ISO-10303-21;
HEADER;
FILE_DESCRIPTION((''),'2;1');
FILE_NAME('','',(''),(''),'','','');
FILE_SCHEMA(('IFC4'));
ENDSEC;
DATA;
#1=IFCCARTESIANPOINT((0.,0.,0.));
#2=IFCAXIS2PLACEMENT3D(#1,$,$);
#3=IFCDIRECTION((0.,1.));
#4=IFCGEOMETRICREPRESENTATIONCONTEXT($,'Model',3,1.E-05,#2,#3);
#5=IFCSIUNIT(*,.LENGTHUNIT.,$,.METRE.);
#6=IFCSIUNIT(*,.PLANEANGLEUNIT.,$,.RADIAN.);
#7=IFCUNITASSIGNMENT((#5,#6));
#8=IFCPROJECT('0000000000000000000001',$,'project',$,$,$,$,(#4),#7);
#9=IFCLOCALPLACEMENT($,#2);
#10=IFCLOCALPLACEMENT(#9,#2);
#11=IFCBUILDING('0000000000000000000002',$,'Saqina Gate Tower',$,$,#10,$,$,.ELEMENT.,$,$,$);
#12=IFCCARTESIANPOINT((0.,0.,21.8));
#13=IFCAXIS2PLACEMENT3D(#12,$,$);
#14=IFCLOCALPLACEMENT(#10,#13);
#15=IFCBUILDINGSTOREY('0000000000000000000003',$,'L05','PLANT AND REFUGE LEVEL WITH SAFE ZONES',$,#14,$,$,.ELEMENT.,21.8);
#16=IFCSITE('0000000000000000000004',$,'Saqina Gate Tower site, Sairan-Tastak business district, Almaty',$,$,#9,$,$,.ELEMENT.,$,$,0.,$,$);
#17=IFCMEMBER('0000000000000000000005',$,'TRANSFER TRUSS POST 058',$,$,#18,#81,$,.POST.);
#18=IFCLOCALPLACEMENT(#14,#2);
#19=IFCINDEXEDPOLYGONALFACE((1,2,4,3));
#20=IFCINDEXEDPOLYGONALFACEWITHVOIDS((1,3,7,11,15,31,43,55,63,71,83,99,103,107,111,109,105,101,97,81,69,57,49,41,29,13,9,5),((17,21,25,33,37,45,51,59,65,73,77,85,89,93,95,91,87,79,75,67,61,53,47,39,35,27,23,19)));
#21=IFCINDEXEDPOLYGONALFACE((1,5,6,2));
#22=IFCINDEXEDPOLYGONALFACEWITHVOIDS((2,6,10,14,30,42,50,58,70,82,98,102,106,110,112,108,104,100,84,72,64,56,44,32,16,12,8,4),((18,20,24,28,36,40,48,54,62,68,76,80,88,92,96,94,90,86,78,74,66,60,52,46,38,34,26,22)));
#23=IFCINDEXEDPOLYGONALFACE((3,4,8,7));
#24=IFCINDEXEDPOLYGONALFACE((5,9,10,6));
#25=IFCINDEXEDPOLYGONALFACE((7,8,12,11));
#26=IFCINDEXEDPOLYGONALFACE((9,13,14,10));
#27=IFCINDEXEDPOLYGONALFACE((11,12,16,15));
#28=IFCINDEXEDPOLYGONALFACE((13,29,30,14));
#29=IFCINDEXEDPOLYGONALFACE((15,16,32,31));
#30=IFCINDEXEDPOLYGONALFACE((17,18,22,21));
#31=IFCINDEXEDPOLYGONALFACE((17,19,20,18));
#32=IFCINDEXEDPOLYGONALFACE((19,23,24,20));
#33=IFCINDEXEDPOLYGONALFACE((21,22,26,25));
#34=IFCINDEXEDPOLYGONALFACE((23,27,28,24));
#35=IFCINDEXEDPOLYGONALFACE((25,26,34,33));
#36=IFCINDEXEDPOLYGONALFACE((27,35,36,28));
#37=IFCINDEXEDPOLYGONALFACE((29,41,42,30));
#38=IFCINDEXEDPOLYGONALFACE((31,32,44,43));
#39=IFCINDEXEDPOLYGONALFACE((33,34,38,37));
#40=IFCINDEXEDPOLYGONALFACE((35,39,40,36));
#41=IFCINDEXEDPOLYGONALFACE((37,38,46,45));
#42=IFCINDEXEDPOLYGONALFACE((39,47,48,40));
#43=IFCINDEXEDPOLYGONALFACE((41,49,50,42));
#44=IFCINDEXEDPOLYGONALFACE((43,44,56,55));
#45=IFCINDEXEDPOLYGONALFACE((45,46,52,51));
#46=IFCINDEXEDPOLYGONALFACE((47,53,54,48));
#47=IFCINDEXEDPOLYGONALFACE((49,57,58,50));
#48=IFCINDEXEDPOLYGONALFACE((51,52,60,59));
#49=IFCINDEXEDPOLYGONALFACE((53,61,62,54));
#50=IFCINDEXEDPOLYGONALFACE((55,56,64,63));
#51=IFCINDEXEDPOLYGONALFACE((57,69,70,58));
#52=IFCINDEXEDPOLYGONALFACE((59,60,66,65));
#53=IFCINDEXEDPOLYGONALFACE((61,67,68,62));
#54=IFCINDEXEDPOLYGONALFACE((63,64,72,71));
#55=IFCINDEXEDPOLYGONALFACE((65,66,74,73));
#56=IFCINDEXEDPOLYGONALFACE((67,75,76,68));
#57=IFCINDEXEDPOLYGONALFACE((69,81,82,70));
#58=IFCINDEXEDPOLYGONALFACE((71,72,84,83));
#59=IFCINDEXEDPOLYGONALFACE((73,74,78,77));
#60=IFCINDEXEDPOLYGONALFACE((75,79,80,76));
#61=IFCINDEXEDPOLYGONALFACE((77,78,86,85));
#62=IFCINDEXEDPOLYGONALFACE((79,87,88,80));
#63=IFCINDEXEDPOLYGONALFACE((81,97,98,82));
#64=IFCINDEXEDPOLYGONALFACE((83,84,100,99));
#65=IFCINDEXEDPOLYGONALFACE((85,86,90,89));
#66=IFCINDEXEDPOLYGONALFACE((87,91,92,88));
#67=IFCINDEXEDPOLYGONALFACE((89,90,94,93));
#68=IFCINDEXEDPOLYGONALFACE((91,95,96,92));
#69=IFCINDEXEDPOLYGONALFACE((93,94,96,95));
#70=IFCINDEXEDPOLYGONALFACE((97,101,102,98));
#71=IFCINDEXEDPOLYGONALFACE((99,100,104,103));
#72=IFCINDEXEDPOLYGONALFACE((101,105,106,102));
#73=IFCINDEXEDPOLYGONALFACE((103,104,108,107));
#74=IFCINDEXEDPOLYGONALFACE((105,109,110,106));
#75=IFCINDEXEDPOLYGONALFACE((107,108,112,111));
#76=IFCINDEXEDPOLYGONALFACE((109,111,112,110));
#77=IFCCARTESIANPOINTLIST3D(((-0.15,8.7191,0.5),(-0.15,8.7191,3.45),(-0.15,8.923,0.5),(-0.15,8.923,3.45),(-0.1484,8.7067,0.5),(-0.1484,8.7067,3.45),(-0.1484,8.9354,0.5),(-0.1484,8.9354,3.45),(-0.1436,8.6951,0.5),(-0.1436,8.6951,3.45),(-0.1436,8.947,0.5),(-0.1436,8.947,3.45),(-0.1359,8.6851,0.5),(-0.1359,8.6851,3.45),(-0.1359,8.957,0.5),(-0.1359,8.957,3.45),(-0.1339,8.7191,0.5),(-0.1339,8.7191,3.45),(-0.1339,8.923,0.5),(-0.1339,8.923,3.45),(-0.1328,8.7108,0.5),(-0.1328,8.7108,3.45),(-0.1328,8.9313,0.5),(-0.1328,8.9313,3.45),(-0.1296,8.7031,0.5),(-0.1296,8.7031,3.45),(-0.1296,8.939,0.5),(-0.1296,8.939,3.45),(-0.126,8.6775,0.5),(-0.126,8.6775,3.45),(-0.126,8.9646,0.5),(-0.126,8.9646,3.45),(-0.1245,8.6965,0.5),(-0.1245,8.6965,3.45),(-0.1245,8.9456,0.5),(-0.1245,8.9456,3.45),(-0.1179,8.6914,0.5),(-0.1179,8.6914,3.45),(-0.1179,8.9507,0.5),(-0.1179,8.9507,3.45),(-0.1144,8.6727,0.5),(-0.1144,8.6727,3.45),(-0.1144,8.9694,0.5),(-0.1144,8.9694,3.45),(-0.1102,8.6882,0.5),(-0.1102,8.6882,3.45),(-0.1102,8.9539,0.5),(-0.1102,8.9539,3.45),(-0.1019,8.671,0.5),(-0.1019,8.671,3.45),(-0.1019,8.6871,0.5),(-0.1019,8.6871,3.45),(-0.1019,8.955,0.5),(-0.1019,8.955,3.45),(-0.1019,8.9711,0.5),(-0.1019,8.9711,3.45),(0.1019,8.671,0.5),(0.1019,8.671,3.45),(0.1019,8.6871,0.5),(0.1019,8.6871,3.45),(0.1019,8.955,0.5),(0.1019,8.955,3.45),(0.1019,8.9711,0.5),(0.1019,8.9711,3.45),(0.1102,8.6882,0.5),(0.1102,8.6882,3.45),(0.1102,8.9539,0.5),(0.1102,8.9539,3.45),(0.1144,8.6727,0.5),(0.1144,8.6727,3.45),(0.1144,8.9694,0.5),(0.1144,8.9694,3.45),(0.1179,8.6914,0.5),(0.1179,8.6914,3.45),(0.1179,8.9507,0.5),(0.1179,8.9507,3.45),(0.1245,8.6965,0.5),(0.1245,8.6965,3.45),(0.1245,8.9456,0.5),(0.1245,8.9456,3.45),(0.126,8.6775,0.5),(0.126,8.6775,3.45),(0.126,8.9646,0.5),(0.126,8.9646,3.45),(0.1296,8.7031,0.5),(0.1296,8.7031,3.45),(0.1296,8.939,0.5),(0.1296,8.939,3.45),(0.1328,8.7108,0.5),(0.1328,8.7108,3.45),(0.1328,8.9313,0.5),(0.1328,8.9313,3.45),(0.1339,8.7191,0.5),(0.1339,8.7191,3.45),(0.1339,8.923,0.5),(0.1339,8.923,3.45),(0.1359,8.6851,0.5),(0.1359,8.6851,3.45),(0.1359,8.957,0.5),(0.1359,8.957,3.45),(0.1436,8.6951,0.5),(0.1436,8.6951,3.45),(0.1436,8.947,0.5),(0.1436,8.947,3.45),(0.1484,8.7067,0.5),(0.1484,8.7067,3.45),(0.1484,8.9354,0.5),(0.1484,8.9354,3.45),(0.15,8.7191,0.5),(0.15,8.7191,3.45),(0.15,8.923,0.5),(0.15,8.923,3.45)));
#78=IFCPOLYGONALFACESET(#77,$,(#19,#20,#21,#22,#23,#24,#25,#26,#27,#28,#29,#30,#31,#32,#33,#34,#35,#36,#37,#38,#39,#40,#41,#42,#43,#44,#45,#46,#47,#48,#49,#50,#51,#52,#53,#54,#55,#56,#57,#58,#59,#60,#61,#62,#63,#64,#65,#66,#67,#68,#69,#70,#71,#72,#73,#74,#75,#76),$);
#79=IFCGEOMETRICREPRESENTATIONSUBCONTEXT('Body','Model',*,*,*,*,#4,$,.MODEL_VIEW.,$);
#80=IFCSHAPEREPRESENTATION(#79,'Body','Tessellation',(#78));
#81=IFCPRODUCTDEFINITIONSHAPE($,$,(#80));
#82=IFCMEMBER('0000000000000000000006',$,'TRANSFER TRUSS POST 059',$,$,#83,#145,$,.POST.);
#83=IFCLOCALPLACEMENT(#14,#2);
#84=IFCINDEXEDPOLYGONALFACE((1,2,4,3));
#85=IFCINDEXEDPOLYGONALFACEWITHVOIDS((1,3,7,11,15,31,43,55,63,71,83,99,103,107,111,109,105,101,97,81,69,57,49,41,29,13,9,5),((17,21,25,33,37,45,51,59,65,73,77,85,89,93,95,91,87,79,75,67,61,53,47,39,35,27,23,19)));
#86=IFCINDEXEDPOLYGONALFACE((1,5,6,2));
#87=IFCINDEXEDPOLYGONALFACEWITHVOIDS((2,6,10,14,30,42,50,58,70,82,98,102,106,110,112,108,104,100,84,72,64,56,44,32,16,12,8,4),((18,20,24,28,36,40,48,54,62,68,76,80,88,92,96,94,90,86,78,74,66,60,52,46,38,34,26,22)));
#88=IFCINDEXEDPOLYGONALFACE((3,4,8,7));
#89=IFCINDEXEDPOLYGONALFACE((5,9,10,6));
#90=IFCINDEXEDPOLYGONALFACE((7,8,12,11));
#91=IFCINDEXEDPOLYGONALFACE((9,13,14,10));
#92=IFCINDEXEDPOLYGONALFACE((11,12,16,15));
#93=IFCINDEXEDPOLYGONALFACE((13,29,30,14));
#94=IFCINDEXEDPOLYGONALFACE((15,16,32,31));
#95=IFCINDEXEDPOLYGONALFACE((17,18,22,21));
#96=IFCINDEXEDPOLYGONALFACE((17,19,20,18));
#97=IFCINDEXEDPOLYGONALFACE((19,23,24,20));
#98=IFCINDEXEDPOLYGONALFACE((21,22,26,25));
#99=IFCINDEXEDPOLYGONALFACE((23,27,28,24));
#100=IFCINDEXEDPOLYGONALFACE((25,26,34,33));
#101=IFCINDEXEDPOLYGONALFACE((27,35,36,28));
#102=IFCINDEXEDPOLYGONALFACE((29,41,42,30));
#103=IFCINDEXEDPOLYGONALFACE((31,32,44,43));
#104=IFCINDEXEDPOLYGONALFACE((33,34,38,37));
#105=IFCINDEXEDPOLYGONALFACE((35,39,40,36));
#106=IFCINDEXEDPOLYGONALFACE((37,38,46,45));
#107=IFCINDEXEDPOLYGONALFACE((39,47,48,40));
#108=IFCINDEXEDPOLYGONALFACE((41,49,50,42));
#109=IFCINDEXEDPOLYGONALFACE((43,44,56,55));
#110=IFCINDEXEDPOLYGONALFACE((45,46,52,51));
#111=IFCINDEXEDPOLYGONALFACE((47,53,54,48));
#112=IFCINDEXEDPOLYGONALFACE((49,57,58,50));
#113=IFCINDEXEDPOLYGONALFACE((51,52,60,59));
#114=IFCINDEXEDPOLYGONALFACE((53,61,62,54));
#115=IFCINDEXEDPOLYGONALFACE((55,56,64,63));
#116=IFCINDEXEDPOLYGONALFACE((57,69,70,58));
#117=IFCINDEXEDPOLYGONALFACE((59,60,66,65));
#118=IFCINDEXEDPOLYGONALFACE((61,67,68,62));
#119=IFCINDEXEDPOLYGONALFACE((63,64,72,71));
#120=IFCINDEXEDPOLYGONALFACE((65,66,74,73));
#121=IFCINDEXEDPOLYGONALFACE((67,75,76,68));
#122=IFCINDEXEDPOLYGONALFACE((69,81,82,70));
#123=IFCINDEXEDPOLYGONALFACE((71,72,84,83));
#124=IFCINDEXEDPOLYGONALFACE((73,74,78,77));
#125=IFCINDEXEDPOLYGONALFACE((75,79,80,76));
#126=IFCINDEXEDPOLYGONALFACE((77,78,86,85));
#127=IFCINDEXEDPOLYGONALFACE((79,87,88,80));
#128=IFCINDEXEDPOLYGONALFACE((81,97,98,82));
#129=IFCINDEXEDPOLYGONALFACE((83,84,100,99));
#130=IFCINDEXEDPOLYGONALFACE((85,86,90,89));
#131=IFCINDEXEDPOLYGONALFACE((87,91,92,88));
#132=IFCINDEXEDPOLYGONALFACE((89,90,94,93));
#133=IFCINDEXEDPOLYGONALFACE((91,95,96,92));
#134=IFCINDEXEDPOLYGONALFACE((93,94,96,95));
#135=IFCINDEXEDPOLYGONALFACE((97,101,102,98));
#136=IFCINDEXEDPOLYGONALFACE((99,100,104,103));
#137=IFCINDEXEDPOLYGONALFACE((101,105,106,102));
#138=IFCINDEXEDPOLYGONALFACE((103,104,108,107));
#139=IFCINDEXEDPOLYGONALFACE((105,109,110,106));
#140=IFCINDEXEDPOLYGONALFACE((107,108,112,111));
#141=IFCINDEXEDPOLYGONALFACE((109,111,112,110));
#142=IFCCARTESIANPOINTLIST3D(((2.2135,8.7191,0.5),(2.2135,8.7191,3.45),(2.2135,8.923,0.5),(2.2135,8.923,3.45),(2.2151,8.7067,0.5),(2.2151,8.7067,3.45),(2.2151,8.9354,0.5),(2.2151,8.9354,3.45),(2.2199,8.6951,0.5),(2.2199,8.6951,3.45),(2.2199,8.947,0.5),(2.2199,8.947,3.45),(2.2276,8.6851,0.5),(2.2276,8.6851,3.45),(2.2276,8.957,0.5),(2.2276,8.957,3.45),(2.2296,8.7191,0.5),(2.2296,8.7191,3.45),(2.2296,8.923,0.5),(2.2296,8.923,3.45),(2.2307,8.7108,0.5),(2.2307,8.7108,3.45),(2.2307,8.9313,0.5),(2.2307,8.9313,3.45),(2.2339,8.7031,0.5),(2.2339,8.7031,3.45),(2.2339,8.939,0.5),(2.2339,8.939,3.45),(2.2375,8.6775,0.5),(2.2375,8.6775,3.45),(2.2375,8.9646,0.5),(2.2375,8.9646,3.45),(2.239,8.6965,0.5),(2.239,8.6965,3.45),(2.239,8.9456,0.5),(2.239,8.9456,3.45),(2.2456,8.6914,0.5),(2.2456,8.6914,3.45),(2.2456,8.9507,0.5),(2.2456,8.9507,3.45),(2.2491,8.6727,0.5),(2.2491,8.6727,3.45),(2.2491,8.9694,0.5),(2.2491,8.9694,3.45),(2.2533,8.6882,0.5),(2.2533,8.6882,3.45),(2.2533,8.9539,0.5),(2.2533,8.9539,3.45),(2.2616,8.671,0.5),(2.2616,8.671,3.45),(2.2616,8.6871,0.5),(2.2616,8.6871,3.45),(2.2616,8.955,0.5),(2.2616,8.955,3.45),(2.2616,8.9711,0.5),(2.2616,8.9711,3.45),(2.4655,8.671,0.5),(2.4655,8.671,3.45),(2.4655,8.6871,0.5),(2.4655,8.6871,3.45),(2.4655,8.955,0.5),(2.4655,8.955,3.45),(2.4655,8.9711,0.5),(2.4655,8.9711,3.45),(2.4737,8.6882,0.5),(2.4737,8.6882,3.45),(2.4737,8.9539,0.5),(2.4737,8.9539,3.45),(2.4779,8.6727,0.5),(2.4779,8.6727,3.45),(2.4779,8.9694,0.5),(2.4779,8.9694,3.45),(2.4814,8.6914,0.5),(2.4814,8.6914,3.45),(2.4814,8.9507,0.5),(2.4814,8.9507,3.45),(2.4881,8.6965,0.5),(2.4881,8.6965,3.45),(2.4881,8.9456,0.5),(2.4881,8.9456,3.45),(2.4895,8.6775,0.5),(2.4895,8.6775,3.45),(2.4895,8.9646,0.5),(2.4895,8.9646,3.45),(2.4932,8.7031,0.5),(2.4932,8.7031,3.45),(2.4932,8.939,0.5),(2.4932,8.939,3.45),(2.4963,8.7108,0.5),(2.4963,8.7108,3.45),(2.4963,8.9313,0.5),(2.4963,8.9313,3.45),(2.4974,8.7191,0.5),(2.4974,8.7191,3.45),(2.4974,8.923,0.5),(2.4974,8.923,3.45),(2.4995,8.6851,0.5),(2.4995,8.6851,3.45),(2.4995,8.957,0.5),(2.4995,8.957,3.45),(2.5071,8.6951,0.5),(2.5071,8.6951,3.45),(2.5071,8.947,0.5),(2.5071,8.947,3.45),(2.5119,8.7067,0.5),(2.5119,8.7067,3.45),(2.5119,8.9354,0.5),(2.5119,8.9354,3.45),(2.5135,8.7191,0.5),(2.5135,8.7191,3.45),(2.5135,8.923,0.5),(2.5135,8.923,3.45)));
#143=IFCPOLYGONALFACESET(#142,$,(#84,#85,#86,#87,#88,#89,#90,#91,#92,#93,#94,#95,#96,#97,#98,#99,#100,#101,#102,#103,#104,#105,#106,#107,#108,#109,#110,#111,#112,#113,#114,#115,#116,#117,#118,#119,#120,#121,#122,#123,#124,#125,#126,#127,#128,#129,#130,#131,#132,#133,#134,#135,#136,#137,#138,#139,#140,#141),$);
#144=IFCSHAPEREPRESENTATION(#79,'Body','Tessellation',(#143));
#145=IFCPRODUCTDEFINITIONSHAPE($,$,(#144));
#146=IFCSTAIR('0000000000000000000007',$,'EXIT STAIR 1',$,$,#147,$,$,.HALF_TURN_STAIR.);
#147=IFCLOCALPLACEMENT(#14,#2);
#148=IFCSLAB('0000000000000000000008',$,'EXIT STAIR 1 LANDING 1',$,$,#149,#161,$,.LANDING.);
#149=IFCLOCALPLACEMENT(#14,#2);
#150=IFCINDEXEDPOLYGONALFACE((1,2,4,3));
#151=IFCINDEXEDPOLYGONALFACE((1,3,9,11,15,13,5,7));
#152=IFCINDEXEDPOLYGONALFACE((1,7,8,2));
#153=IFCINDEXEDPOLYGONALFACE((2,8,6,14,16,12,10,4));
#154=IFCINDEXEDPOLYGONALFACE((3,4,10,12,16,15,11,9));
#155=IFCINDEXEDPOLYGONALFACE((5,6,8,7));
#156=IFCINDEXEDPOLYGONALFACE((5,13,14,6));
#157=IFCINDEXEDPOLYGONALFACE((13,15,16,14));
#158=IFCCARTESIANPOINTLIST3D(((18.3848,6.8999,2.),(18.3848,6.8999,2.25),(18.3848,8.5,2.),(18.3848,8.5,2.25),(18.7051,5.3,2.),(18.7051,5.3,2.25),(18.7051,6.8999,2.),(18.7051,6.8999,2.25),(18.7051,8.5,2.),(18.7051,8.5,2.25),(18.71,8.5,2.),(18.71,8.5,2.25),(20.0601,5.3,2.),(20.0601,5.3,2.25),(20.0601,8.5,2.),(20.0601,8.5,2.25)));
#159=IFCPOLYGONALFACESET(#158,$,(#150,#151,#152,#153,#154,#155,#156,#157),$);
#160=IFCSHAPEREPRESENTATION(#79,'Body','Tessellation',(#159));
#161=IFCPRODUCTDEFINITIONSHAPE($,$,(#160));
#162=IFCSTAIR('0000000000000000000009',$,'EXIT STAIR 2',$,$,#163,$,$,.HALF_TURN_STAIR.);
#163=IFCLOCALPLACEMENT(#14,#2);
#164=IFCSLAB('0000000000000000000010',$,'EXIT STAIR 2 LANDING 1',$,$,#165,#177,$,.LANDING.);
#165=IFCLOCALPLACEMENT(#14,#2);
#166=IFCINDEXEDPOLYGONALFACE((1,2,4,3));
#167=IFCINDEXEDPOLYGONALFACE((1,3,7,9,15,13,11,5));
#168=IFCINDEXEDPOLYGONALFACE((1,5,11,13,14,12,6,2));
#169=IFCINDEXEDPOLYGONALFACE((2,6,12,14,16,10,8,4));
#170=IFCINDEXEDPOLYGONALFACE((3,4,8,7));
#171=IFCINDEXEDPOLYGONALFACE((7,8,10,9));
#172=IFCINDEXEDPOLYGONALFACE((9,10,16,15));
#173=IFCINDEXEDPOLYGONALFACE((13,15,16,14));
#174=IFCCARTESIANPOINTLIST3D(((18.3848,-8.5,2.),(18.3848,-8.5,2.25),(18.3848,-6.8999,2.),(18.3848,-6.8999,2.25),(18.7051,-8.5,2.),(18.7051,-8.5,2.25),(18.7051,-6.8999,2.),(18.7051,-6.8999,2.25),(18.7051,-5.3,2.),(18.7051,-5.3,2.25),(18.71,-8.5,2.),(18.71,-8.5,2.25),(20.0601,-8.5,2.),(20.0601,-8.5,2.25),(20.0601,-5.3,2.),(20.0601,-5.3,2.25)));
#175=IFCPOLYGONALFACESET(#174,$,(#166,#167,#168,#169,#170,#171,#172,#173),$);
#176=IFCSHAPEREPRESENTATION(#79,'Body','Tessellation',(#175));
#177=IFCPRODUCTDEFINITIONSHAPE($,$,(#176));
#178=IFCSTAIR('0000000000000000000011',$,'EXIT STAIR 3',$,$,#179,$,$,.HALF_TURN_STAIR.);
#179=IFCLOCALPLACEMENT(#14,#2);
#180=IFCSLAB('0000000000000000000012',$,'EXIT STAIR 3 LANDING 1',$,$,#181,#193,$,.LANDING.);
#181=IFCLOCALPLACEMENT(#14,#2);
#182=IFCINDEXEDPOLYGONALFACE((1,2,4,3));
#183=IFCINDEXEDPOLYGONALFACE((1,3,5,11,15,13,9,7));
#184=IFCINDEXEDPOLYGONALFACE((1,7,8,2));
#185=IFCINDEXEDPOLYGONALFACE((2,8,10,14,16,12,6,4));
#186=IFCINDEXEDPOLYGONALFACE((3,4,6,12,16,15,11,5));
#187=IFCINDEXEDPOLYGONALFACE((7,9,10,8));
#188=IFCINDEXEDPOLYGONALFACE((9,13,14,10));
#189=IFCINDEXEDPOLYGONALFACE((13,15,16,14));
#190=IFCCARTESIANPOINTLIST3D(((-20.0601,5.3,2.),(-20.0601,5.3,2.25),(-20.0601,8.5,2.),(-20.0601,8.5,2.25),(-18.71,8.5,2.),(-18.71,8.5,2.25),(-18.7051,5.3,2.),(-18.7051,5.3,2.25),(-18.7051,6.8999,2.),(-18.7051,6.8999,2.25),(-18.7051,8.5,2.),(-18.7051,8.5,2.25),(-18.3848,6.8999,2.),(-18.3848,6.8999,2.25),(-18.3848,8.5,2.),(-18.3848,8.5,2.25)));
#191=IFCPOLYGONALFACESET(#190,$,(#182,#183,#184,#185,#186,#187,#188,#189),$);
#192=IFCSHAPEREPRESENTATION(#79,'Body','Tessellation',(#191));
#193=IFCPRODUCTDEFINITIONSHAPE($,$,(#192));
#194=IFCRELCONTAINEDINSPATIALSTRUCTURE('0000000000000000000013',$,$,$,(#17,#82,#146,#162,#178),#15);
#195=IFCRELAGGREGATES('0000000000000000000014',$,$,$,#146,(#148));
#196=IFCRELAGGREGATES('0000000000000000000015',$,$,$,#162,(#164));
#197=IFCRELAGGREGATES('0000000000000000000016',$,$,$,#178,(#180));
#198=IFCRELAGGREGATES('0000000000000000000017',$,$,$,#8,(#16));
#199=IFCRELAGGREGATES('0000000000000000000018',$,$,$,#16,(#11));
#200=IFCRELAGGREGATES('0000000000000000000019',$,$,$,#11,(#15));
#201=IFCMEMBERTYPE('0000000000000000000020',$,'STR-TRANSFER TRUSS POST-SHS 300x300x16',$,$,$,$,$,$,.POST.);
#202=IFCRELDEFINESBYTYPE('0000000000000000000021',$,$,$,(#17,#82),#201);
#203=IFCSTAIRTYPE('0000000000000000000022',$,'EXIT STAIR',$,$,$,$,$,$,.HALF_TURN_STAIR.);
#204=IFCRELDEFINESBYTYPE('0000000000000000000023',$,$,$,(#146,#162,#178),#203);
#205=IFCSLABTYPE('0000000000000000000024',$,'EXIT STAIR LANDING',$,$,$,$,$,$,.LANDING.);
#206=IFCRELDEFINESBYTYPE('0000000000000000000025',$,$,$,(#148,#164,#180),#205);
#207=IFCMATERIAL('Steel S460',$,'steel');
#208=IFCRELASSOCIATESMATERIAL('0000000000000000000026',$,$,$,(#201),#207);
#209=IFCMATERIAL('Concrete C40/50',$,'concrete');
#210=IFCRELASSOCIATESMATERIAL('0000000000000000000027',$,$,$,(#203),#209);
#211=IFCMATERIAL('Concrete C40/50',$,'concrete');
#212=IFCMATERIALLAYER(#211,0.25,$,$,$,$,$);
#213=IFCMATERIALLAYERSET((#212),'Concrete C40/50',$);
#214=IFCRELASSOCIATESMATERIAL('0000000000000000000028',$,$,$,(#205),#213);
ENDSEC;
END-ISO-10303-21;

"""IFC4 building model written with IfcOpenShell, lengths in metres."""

from ifc_helpers import new_model, si_unit, direction, frame, origin, origin_2d, place, context, subcontext, project, spatial, polyline, hollow_rectangle, outline, extrude, material, layer, layer_set, material_profile, profile_set, type_object, element, aggregate, save


model = new_model("IFC4")

# Units and contexts
model_context = context("Model", 3, precision=1e-05, world=origin(), true_north=direction((0.0, 1.0)))
body_context = subcontext(model_context, "Body", "Model", "MODEL_VIEW")
ifc_project = project(units=[si_unit("LENGTHUNIT", "METRE"), si_unit("PLANEANGLEUNIT", "RADIAN")], contexts=[model_context])

# Site, building, storey
site_placement = place(None, origin())
site = spatial("IfcSite", under=ifc_project, at=site_placement, Name="Saqina Gate Tower site, Sairan-Tastak business district, Almaty", CompositionType="ELEMENT", RefElevation=0.0)
building_placement = place(site_placement, origin())
building = spatial("IfcBuilding", under=site, at=building_placement, Name="Saqina Gate Tower", CompositionType="ELEMENT")
storey_placement = place(building_placement, frame((0.0, 0.0, 21.8)))
storey = spatial("IfcBuildingStorey", under=building, at=storey_placement, Name="L05", Description="PLANT AND REFUGE LEVEL WITH SAFE ZONES", CompositionType="ELEMENT", Elevation=21.8)

# Members
ifc_material_1 = material(Name="Steel S460", Category="steel")
ifc_material_profile_1 = material_profile(ifc_material_1, hollow_rectangle(XDim=0.3, YDim=0.3, WallThickness=0.0161, InnerFilletRadius=0.032, OuterFilletRadius=0.0481, at=origin_2d()), Name="SHS 300x300x16")
ifc_profile_set_1 = profile_set([ifc_material_profile_1], Name="Steel S460")
member_type_1 = type_object("IfcMemberType", Name="STR-TRANSFER TRUSS POST-SHS 300x300x16", PredefinedType="POST", material=ifc_profile_set_1)
for number, where, z_axis, x_axis, name in (
    (1, (0.0, 8.821, 0.5), (0.0, 0.0, 1.0), (1.0, 0.0, 0.0), "TRANSFER TRUSS POST 058"),
    (2, (2.3635, 8.821, 0.5), (0.0, 0.0, 1.0), (1.0, 0.0, 0.0), "TRANSFER TRUSS POST 059"),
):
    element("IfcMember", number, at=place(storey_placement, frame(where, z_axis=z_axis, x_axis=x_axis)), inside=storey, type_object=member_type_1, Name=name, PredefinedType="POST", context=body_context, shape_type="SweptSolid", body=[
        extrude(hollow_rectangle(XDim=0.3, YDim=0.3, WallThickness=0.0161, InnerFilletRadius=0.032, OuterFilletRadius=0.0481, at=origin_2d()), origin(), (0.0, 0.0, 1.0), 2.95),
    ])

# Stairs, slabs
ifc_material_2 = material(Name="Concrete C40/50", Category="concrete")
stair_type = type_object("IfcStairType", Name="EXIT STAIR", PredefinedType="HALF_TURN_STAIR", material=ifc_material_2)
stair_1_placement = place(storey_placement, origin())
stair_1 = element("IfcStair", 3, at=stair_1_placement, inside=storey, type_object=stair_type, Name="EXIT STAIR 1", PredefinedType="HALF_TURN_STAIR")
ifc_material_3 = material(Name="Concrete C40/50", Category="concrete")
ifc_layer_1 = layer(ifc_material_3, 0.25)
ifc_layer_set_1 = layer_set([ifc_layer_1], Name="Concrete C40/50")
slab_type = type_object("IfcSlabType", Name="EXIT STAIR LANDING", PredefinedType="LANDING", material=ifc_layer_set_1)
slab_1_placement = place(storey_placement, frame((0.0, 0.0, 2.0)))
slab_1 = element("IfcSlab", 4, at=slab_1_placement, type_object=slab_type, Name="EXIT STAIR 1 LANDING 1", PredefinedType="LANDING", context=body_context, shape_type="SweptSolid", body=[
    extrude(outline(polyline([(20.0601, 8.5), (20.0601, 5.3), (18.7051, 5.3), (18.7051, 6.8999), (18.3848, 6.8999), (18.3848, 8.5), (18.7051, 8.5), (18.71, 8.5), (20.0601, 8.5)])), origin(), (0.0, 0.0, 1.0), 0.25),
])
aggregate(stair_1, [slab_1])
stair_2_placement = place(storey_placement, origin())
stair_2 = element("IfcStair", 5, at=stair_2_placement, inside=storey, type_object=stair_type, Name="EXIT STAIR 2", PredefinedType="HALF_TURN_STAIR")
slab_2_placement = place(storey_placement, frame((0.0, 0.0, 2.0)))
slab_2 = element("IfcSlab", 6, at=slab_2_placement, type_object=slab_type, Name="EXIT STAIR 2 LANDING 1", PredefinedType="LANDING", context=body_context, shape_type="SweptSolid", body=[
    extrude(outline(polyline([(18.3848, -8.5), (18.3848, -6.8999), (18.7051, -6.8999), (18.7051, -5.3), (20.0601, -5.3), (20.0601, -8.5), (18.71, -8.5), (18.7051, -8.5), (18.3848, -8.5)])), origin(), (0.0, 0.0, 1.0), 0.25),
])
aggregate(stair_2, [slab_2])
stair_3_placement = place(storey_placement, origin())
stair_3 = element("IfcStair", 7, at=stair_3_placement, inside=storey, type_object=stair_type, Name="EXIT STAIR 3", PredefinedType="HALF_TURN_STAIR")
slab_3_placement = place(storey_placement, frame((0.0, 0.0, 2.0)))
slab_3 = element("IfcSlab", 8, at=slab_3_placement, type_object=slab_type, Name="EXIT STAIR 3 LANDING 1", PredefinedType="LANDING", context=body_context, shape_type="SweptSolid", body=[
    extrude(outline(polyline([(-18.7051, 5.3), (-20.0601, 5.3), (-20.0601, 8.5), (-18.71, 8.5), (-18.7051, 8.5), (-18.3848, 8.5), (-18.3848, 6.8999), (-18.7051, 6.8999), (-18.7051, 5.3)])), origin(), (0.0, 0.0, 1.0), 0.25),
])
aggregate(stair_3, [slab_3])

save(model, "model.ifc")
